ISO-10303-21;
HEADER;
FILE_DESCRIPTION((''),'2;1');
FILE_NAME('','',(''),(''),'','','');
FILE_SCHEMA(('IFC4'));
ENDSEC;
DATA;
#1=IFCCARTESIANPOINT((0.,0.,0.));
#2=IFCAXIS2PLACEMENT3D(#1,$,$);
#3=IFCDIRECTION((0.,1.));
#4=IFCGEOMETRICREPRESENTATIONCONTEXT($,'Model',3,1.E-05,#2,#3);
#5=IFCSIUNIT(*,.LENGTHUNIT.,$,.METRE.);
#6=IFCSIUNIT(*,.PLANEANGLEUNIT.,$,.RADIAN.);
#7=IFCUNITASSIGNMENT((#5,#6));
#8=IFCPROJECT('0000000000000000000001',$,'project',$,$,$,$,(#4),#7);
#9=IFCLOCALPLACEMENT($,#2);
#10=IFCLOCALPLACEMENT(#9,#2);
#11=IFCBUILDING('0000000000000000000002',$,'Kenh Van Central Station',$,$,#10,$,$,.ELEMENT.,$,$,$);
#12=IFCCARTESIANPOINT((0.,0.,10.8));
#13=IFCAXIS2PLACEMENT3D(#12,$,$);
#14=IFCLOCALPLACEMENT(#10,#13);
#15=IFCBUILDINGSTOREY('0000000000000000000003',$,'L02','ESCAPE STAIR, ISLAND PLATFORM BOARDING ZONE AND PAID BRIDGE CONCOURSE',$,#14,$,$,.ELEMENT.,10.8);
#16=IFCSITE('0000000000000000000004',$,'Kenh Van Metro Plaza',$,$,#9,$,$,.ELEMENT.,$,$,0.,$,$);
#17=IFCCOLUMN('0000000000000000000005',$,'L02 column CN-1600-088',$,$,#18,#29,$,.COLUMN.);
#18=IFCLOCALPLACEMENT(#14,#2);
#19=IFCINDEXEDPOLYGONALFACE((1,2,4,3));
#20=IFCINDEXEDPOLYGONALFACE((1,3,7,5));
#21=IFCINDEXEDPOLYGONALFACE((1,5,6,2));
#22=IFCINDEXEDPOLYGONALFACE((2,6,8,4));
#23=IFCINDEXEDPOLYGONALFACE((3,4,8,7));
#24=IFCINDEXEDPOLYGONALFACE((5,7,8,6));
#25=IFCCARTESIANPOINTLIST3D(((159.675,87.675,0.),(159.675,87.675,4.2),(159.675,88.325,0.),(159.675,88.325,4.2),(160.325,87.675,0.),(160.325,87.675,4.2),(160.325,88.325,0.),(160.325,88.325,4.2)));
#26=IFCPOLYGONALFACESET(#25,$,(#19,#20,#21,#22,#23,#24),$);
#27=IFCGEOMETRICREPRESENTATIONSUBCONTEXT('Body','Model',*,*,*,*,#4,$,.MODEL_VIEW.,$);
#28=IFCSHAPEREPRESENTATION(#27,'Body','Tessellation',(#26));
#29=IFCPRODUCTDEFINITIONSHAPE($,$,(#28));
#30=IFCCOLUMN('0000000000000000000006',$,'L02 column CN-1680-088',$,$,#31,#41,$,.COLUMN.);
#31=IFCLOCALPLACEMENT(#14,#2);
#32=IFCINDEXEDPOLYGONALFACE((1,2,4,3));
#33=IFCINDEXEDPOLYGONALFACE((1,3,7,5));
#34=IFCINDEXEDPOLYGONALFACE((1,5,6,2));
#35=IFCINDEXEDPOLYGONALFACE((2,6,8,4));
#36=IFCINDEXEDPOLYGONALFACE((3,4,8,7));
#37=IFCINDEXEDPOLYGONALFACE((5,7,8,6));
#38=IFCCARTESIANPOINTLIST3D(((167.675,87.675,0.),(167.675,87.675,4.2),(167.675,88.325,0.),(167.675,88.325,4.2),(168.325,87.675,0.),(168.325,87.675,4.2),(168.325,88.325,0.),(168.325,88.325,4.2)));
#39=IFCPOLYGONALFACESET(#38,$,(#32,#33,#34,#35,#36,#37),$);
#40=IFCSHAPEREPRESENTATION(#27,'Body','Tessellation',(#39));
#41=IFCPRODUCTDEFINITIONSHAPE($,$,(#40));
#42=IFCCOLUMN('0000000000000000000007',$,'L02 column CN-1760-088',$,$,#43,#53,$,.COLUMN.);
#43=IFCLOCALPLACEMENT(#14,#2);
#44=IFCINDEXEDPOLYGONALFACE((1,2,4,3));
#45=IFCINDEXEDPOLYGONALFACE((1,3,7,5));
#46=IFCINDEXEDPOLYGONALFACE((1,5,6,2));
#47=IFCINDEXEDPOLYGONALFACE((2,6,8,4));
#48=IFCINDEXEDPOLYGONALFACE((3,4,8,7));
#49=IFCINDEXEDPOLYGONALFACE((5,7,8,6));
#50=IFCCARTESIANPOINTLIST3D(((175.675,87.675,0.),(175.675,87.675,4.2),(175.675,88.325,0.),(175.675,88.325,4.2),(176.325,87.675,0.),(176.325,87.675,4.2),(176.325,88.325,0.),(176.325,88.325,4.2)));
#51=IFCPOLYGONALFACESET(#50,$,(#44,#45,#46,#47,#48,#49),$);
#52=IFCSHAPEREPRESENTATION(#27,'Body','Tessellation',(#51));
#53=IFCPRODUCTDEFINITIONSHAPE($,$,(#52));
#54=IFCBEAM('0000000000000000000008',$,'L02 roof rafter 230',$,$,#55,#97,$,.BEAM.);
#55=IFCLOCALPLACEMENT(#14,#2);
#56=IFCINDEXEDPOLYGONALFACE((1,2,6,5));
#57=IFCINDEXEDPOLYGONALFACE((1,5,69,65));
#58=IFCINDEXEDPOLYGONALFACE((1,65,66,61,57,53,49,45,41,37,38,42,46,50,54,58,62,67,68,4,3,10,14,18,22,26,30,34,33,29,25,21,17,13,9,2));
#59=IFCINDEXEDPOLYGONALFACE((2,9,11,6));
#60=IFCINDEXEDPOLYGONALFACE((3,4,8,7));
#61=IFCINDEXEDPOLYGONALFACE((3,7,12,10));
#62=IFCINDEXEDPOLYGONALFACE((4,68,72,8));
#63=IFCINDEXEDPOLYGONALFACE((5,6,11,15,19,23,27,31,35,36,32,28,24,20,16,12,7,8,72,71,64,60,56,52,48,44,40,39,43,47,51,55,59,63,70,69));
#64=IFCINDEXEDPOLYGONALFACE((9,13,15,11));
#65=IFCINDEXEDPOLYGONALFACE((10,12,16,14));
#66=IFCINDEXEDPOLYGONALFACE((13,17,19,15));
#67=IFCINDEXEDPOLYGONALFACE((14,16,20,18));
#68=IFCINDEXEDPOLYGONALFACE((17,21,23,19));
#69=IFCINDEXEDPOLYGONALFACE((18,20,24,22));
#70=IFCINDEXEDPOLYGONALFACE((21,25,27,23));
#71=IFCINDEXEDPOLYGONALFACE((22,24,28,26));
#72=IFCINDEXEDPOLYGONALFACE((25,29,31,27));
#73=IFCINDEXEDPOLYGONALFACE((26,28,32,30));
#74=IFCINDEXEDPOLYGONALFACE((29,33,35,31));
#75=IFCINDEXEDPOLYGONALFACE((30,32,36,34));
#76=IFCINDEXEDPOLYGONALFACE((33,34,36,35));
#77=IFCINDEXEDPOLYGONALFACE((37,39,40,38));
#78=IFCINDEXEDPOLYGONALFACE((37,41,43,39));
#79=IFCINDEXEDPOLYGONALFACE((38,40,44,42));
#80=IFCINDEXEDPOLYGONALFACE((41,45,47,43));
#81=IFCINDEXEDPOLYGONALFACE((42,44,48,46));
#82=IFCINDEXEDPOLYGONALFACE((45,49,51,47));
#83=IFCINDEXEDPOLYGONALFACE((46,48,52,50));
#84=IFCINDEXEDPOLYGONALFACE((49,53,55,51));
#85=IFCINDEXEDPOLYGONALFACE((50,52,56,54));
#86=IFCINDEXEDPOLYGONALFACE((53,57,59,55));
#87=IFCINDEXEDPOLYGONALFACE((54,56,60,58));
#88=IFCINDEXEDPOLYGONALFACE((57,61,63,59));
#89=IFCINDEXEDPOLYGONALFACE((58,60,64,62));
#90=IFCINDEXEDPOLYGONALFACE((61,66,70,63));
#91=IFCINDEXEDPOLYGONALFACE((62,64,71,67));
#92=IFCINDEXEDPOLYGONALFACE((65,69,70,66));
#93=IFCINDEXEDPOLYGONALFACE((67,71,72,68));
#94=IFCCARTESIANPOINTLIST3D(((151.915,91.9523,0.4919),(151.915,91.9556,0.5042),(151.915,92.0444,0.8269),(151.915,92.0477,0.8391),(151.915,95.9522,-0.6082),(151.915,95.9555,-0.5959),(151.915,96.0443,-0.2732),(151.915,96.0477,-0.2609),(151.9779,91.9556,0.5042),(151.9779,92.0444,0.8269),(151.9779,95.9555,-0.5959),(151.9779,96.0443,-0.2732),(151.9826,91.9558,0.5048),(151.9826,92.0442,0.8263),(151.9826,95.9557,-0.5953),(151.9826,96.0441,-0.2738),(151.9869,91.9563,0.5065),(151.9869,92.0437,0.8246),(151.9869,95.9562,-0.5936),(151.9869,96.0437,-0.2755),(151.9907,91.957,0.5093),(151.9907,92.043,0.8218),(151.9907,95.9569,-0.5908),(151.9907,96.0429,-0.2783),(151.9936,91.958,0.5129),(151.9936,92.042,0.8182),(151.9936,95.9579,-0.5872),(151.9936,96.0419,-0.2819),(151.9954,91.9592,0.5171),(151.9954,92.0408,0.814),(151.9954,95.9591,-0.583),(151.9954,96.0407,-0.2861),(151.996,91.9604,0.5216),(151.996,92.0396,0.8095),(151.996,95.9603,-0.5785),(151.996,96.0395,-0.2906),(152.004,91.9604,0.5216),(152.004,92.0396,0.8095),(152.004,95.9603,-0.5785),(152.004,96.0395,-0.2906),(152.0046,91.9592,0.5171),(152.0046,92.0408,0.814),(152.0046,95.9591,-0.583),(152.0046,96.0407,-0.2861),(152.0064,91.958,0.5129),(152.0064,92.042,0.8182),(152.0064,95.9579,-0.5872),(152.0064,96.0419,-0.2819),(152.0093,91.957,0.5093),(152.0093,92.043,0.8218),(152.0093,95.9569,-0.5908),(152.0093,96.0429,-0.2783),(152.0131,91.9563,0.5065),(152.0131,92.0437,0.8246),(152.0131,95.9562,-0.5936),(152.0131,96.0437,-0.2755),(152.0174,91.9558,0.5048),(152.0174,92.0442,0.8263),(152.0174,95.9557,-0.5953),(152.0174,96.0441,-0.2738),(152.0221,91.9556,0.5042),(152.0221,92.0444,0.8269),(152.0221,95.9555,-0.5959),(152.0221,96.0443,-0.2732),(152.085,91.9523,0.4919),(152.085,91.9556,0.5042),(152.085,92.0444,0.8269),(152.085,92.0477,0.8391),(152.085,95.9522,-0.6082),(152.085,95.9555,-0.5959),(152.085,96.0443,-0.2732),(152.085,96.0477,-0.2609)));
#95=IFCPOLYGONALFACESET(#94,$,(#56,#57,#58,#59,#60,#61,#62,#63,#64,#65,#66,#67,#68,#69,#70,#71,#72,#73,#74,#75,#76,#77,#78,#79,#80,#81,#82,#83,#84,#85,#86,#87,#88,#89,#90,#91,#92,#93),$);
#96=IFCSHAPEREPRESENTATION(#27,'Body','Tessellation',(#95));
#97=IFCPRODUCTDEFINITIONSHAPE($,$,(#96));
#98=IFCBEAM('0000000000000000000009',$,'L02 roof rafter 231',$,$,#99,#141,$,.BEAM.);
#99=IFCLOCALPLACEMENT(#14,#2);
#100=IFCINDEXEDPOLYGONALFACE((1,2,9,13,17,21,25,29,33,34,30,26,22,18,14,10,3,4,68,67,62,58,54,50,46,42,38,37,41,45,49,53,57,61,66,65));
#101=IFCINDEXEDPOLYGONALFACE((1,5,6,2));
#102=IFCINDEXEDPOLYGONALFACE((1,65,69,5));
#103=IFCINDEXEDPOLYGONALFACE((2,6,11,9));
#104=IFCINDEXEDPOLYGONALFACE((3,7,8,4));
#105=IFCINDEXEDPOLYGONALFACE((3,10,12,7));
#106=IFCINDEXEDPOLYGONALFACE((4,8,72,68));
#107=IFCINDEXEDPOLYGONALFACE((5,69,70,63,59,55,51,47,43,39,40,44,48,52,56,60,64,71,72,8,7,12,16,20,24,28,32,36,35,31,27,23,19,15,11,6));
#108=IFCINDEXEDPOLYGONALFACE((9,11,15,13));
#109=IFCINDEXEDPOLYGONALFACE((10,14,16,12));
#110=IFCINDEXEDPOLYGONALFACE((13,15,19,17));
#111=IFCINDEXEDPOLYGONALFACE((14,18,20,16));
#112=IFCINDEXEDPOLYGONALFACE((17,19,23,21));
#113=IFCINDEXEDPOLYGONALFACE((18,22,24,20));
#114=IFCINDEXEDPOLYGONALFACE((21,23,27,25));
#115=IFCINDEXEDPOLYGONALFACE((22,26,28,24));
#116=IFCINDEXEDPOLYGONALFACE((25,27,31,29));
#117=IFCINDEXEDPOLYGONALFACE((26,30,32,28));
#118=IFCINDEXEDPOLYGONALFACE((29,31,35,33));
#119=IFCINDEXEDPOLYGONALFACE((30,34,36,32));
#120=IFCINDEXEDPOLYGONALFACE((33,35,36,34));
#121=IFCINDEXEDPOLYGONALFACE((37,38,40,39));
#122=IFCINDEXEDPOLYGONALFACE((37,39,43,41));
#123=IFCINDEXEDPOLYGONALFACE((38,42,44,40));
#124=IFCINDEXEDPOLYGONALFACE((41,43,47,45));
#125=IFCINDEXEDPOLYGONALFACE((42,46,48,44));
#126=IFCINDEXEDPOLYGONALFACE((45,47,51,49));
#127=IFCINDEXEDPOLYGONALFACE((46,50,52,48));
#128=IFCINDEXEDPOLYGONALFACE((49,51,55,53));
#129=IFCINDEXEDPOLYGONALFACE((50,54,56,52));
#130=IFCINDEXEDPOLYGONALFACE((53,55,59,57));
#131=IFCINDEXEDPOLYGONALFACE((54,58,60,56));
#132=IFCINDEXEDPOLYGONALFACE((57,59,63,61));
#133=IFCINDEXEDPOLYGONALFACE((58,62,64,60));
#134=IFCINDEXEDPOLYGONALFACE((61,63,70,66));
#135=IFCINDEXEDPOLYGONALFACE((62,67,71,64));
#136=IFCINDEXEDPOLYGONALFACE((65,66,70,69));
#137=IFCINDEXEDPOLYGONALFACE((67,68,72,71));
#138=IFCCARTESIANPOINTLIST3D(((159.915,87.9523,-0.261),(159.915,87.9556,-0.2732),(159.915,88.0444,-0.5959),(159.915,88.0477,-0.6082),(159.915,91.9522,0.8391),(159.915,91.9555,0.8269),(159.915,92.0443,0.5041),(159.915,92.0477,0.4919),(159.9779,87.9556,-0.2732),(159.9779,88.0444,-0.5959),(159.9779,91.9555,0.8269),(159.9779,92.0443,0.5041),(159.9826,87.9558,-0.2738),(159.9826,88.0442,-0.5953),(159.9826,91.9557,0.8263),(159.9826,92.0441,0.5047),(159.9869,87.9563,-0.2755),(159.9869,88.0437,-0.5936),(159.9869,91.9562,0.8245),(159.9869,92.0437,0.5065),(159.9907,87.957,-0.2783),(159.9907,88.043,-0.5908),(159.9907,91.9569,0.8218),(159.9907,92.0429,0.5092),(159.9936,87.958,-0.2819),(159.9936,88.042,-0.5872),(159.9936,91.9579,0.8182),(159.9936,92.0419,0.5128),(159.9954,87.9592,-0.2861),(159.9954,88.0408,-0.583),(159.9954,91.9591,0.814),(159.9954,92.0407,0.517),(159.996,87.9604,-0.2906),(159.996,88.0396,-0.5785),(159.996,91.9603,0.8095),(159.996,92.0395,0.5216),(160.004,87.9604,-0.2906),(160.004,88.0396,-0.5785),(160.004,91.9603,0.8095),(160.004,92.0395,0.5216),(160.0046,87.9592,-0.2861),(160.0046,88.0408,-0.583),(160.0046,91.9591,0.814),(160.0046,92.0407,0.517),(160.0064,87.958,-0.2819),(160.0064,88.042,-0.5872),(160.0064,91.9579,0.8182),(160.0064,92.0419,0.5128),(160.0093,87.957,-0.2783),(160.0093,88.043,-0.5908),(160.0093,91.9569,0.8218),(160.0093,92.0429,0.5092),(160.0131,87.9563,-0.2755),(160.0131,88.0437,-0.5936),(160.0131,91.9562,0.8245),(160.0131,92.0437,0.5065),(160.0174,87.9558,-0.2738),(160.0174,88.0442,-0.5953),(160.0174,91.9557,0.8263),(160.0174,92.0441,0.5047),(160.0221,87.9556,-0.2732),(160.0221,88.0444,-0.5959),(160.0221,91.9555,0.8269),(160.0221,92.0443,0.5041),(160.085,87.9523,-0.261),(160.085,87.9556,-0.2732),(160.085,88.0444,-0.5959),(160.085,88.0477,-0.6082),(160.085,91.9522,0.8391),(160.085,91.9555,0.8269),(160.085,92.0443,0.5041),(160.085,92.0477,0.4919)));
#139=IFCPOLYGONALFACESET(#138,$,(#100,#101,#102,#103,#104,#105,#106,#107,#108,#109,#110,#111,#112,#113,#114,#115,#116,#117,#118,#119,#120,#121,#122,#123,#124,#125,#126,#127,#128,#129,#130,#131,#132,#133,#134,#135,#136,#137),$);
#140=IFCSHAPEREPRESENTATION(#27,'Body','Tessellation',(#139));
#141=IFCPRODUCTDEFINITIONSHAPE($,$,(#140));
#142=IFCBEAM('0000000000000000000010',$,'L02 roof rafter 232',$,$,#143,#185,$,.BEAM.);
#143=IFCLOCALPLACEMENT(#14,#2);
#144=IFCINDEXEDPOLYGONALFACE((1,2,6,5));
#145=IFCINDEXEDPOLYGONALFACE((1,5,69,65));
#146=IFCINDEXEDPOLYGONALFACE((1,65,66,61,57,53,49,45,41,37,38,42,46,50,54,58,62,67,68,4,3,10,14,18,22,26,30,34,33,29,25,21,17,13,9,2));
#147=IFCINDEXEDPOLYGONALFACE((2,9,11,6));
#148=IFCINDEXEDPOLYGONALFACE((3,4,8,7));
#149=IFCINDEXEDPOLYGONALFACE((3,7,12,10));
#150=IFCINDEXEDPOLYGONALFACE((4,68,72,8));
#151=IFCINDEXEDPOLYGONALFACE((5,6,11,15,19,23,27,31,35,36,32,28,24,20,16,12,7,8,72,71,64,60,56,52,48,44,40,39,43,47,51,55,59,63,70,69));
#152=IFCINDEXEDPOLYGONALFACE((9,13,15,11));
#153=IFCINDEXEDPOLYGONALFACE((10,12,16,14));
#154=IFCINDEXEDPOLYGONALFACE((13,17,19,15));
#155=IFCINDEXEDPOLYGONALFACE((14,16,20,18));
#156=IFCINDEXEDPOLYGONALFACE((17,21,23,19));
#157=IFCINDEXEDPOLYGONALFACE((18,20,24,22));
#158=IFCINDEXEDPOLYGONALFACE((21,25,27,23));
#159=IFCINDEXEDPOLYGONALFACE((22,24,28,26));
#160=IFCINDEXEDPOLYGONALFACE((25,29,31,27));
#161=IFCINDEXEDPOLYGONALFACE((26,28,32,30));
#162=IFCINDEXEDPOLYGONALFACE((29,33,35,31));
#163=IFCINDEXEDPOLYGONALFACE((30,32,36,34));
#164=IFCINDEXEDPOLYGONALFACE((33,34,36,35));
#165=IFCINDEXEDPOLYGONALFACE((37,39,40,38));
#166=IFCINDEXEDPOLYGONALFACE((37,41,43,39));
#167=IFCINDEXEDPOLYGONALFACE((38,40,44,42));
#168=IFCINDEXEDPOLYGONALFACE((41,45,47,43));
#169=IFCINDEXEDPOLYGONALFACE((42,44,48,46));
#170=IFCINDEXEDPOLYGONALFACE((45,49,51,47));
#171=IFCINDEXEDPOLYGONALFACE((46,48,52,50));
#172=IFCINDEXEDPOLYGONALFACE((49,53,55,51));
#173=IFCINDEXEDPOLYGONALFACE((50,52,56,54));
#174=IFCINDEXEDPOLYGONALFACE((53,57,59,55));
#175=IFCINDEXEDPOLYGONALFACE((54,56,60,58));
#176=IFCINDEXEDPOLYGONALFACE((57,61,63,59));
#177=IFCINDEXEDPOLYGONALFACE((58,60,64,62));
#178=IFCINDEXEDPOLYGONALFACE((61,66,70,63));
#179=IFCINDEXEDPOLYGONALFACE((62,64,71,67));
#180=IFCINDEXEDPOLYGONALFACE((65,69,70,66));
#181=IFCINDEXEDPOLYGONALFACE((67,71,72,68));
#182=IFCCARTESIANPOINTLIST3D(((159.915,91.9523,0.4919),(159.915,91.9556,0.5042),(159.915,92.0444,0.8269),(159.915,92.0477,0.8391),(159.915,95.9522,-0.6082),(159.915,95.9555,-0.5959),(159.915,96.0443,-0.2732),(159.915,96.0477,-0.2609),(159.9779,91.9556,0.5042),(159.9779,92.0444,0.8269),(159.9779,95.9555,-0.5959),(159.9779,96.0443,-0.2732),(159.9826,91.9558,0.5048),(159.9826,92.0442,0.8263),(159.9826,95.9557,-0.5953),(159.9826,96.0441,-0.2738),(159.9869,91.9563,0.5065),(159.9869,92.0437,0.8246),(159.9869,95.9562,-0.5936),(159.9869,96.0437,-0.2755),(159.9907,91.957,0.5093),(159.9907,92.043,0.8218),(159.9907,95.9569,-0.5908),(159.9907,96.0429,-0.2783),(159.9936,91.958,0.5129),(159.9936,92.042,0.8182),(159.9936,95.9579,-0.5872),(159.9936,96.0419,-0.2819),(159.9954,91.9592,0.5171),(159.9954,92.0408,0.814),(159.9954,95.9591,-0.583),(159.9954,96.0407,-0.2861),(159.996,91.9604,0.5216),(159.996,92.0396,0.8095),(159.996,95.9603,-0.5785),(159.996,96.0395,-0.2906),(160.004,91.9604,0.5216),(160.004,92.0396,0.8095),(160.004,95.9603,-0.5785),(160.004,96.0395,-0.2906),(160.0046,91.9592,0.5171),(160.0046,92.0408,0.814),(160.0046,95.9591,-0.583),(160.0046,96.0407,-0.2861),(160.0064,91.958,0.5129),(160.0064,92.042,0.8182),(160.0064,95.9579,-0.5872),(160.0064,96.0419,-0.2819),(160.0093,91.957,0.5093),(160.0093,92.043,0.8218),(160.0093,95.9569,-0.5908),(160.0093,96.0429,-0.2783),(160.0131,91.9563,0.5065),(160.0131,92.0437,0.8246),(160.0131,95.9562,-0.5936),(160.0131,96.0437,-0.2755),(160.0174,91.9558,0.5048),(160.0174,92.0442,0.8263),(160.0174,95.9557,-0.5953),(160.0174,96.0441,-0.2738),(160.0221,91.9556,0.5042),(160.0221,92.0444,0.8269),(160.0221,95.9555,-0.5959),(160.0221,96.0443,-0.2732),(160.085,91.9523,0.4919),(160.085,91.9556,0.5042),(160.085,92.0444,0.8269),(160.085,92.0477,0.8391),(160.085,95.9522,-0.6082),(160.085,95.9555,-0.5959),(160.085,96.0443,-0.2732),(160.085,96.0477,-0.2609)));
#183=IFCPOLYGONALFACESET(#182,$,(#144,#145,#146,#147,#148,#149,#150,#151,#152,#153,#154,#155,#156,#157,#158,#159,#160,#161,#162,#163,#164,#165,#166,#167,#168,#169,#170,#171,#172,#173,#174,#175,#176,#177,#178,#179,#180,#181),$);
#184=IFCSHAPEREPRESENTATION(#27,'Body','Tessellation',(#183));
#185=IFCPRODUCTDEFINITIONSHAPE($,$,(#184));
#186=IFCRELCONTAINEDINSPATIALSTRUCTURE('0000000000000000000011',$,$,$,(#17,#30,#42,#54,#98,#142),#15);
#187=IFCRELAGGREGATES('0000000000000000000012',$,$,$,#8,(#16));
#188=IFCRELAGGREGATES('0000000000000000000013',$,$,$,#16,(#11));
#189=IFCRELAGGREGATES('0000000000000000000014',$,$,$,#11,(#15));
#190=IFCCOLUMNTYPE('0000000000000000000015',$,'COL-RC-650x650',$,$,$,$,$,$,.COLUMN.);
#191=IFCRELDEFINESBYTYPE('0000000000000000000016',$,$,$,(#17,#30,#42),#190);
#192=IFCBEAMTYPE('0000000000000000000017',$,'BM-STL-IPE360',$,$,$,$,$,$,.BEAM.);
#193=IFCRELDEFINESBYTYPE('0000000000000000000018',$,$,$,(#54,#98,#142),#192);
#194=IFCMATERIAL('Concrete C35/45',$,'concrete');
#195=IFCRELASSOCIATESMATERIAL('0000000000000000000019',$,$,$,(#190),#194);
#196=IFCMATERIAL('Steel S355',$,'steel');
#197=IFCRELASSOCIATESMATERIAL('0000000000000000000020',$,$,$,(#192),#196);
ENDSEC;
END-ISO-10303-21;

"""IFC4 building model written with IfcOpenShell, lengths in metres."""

from ifc_helpers import new_model, si_unit, direction, frame, origin, origin_2d, place, context, subcontext, project, spatial, rectangle, i_section, extrude, material, material_profile, profile_set, type_object, element, save


model = new_model("IFC4")

# Units and contexts
model_context = context("Model", 3, precision=1e-05, world=origin(), true_north=direction((0.0, 1.0)))
body_context = subcontext(model_context, "Body", "Model", "MODEL_VIEW")
ifc_project = project(units=[si_unit("LENGTHUNIT", "METRE"), si_unit("PLANEANGLEUNIT", "RADIAN")], contexts=[model_context])

# Site, building, storey
site_placement = place(None, origin())
site = spatial("IfcSite", under=ifc_project, at=site_placement, Name="Kenh Van Metro Plaza", CompositionType="ELEMENT", RefElevation=0.0)
building_placement = place(site_placement, origin())
building = spatial("IfcBuilding", under=site, at=building_placement, Name="Kenh Van Central Station", CompositionType="ELEMENT")
storey_placement = place(building_placement, frame((0.0, 0.0, 10.8)))
storey = spatial("IfcBuildingStorey", under=building, at=storey_placement, Name="L02", Description="ESCAPE STAIR, ISLAND PLATFORM BOARDING ZONE AND PAID BRIDGE CONCOURSE", CompositionType="ELEMENT", Elevation=10.8)

# Columns
ifc_material_1 = material(Name="Concrete C35/45", Category="concrete")
ifc_material_profile_1 = material_profile(ifc_material_1, rectangle(XDim=0.6499, YDim=0.6499, at=origin_2d()), Name="RC 650x650")
ifc_profile_set_1 = profile_set([ifc_material_profile_1], Name="Concrete C35/45")
column_type = type_object("IfcColumnType", Name="COL-RC-650x650", PredefinedType="COLUMN", material=ifc_profile_set_1)
for number, where, z_axis, x_axis, name in (
    (1, (160.0, 88.0, 0.0), (0.0, 0.0, 1.0), (1.0, 0.0, 0.0), "L02 column CN-1600-088"),
    (2, (168.0, 88.0, 0.0), (0.0, 0.0, 1.0), (1.0, 0.0, 0.0), "L02 column CN-1680-088"),
    (3, (176.0, 88.0, 0.0), (0.0, 0.0, 1.0), (1.0, 0.0, 0.0), "L02 column CN-1760-088"),
):
    element("IfcColumn", number, at=place(storey_placement, frame(where, z_axis=z_axis, x_axis=x_axis)), inside=storey, type_object=column_type, Name=name, PredefinedType="COLUMN", context=body_context, shape_type="SweptSolid", body=[
        extrude(rectangle(XDim=0.6499, YDim=0.6499, at=origin_2d()), origin(), (0.0, 0.0, 1.0), 4.2),
    ])

# Beams
ifc_material_2 = material(Name="Steel S355", Category="steel")
ifc_material_profile_2 = material_profile(ifc_material_2, i_section(OverallWidth=0.1699, OverallDepth=0.3601, WebThickness=0.0081, FlangeThickness=0.0127, FilletRadius=0.0181, at=origin_2d()), Name="IPE 360")
ifc_profile_set_2 = profile_set([ifc_material_profile_2], Name="Steel S355")
beam_type_1 = type_object("IfcBeamType", Name="BM-STL-IPE360", PredefinedType="BEAM", material=ifc_profile_set_2)
for number, where, z_axis, x_axis, name in (
    (4, (152.0, 92.0, 0.6655), (0.0, 0.964199, -0.265178), (-1.0, 0.0, 0.0), "L02 roof rafter 230"),
    (5, (160.0, 88.0, -0.4346), (0.0, 0.964199, 0.265178), (-1.0, 0.0, 0.0), "L02 roof rafter 231"),
    (6, (160.0, 92.0, 0.6655), (0.0, 0.964199, -0.265178), (-1.0, 0.0, 0.0), "L02 roof rafter 232"),
):
    element("IfcBeam", number, at=place(storey_placement, frame(where, z_axis=z_axis, x_axis=x_axis)), inside=storey, type_object=beam_type_1, Name=name, PredefinedType="BEAM", context=body_context, shape_type="SweptSolid", body=[
        extrude(i_section(OverallWidth=0.1699, OverallDepth=0.3601, WebThickness=0.0081, FlangeThickness=0.0127, FilletRadius=0.0181, at=origin_2d()), origin(), (0.0, 0.0, 1.0), 4.1484),
    ])

save(model, "model.ifc")
